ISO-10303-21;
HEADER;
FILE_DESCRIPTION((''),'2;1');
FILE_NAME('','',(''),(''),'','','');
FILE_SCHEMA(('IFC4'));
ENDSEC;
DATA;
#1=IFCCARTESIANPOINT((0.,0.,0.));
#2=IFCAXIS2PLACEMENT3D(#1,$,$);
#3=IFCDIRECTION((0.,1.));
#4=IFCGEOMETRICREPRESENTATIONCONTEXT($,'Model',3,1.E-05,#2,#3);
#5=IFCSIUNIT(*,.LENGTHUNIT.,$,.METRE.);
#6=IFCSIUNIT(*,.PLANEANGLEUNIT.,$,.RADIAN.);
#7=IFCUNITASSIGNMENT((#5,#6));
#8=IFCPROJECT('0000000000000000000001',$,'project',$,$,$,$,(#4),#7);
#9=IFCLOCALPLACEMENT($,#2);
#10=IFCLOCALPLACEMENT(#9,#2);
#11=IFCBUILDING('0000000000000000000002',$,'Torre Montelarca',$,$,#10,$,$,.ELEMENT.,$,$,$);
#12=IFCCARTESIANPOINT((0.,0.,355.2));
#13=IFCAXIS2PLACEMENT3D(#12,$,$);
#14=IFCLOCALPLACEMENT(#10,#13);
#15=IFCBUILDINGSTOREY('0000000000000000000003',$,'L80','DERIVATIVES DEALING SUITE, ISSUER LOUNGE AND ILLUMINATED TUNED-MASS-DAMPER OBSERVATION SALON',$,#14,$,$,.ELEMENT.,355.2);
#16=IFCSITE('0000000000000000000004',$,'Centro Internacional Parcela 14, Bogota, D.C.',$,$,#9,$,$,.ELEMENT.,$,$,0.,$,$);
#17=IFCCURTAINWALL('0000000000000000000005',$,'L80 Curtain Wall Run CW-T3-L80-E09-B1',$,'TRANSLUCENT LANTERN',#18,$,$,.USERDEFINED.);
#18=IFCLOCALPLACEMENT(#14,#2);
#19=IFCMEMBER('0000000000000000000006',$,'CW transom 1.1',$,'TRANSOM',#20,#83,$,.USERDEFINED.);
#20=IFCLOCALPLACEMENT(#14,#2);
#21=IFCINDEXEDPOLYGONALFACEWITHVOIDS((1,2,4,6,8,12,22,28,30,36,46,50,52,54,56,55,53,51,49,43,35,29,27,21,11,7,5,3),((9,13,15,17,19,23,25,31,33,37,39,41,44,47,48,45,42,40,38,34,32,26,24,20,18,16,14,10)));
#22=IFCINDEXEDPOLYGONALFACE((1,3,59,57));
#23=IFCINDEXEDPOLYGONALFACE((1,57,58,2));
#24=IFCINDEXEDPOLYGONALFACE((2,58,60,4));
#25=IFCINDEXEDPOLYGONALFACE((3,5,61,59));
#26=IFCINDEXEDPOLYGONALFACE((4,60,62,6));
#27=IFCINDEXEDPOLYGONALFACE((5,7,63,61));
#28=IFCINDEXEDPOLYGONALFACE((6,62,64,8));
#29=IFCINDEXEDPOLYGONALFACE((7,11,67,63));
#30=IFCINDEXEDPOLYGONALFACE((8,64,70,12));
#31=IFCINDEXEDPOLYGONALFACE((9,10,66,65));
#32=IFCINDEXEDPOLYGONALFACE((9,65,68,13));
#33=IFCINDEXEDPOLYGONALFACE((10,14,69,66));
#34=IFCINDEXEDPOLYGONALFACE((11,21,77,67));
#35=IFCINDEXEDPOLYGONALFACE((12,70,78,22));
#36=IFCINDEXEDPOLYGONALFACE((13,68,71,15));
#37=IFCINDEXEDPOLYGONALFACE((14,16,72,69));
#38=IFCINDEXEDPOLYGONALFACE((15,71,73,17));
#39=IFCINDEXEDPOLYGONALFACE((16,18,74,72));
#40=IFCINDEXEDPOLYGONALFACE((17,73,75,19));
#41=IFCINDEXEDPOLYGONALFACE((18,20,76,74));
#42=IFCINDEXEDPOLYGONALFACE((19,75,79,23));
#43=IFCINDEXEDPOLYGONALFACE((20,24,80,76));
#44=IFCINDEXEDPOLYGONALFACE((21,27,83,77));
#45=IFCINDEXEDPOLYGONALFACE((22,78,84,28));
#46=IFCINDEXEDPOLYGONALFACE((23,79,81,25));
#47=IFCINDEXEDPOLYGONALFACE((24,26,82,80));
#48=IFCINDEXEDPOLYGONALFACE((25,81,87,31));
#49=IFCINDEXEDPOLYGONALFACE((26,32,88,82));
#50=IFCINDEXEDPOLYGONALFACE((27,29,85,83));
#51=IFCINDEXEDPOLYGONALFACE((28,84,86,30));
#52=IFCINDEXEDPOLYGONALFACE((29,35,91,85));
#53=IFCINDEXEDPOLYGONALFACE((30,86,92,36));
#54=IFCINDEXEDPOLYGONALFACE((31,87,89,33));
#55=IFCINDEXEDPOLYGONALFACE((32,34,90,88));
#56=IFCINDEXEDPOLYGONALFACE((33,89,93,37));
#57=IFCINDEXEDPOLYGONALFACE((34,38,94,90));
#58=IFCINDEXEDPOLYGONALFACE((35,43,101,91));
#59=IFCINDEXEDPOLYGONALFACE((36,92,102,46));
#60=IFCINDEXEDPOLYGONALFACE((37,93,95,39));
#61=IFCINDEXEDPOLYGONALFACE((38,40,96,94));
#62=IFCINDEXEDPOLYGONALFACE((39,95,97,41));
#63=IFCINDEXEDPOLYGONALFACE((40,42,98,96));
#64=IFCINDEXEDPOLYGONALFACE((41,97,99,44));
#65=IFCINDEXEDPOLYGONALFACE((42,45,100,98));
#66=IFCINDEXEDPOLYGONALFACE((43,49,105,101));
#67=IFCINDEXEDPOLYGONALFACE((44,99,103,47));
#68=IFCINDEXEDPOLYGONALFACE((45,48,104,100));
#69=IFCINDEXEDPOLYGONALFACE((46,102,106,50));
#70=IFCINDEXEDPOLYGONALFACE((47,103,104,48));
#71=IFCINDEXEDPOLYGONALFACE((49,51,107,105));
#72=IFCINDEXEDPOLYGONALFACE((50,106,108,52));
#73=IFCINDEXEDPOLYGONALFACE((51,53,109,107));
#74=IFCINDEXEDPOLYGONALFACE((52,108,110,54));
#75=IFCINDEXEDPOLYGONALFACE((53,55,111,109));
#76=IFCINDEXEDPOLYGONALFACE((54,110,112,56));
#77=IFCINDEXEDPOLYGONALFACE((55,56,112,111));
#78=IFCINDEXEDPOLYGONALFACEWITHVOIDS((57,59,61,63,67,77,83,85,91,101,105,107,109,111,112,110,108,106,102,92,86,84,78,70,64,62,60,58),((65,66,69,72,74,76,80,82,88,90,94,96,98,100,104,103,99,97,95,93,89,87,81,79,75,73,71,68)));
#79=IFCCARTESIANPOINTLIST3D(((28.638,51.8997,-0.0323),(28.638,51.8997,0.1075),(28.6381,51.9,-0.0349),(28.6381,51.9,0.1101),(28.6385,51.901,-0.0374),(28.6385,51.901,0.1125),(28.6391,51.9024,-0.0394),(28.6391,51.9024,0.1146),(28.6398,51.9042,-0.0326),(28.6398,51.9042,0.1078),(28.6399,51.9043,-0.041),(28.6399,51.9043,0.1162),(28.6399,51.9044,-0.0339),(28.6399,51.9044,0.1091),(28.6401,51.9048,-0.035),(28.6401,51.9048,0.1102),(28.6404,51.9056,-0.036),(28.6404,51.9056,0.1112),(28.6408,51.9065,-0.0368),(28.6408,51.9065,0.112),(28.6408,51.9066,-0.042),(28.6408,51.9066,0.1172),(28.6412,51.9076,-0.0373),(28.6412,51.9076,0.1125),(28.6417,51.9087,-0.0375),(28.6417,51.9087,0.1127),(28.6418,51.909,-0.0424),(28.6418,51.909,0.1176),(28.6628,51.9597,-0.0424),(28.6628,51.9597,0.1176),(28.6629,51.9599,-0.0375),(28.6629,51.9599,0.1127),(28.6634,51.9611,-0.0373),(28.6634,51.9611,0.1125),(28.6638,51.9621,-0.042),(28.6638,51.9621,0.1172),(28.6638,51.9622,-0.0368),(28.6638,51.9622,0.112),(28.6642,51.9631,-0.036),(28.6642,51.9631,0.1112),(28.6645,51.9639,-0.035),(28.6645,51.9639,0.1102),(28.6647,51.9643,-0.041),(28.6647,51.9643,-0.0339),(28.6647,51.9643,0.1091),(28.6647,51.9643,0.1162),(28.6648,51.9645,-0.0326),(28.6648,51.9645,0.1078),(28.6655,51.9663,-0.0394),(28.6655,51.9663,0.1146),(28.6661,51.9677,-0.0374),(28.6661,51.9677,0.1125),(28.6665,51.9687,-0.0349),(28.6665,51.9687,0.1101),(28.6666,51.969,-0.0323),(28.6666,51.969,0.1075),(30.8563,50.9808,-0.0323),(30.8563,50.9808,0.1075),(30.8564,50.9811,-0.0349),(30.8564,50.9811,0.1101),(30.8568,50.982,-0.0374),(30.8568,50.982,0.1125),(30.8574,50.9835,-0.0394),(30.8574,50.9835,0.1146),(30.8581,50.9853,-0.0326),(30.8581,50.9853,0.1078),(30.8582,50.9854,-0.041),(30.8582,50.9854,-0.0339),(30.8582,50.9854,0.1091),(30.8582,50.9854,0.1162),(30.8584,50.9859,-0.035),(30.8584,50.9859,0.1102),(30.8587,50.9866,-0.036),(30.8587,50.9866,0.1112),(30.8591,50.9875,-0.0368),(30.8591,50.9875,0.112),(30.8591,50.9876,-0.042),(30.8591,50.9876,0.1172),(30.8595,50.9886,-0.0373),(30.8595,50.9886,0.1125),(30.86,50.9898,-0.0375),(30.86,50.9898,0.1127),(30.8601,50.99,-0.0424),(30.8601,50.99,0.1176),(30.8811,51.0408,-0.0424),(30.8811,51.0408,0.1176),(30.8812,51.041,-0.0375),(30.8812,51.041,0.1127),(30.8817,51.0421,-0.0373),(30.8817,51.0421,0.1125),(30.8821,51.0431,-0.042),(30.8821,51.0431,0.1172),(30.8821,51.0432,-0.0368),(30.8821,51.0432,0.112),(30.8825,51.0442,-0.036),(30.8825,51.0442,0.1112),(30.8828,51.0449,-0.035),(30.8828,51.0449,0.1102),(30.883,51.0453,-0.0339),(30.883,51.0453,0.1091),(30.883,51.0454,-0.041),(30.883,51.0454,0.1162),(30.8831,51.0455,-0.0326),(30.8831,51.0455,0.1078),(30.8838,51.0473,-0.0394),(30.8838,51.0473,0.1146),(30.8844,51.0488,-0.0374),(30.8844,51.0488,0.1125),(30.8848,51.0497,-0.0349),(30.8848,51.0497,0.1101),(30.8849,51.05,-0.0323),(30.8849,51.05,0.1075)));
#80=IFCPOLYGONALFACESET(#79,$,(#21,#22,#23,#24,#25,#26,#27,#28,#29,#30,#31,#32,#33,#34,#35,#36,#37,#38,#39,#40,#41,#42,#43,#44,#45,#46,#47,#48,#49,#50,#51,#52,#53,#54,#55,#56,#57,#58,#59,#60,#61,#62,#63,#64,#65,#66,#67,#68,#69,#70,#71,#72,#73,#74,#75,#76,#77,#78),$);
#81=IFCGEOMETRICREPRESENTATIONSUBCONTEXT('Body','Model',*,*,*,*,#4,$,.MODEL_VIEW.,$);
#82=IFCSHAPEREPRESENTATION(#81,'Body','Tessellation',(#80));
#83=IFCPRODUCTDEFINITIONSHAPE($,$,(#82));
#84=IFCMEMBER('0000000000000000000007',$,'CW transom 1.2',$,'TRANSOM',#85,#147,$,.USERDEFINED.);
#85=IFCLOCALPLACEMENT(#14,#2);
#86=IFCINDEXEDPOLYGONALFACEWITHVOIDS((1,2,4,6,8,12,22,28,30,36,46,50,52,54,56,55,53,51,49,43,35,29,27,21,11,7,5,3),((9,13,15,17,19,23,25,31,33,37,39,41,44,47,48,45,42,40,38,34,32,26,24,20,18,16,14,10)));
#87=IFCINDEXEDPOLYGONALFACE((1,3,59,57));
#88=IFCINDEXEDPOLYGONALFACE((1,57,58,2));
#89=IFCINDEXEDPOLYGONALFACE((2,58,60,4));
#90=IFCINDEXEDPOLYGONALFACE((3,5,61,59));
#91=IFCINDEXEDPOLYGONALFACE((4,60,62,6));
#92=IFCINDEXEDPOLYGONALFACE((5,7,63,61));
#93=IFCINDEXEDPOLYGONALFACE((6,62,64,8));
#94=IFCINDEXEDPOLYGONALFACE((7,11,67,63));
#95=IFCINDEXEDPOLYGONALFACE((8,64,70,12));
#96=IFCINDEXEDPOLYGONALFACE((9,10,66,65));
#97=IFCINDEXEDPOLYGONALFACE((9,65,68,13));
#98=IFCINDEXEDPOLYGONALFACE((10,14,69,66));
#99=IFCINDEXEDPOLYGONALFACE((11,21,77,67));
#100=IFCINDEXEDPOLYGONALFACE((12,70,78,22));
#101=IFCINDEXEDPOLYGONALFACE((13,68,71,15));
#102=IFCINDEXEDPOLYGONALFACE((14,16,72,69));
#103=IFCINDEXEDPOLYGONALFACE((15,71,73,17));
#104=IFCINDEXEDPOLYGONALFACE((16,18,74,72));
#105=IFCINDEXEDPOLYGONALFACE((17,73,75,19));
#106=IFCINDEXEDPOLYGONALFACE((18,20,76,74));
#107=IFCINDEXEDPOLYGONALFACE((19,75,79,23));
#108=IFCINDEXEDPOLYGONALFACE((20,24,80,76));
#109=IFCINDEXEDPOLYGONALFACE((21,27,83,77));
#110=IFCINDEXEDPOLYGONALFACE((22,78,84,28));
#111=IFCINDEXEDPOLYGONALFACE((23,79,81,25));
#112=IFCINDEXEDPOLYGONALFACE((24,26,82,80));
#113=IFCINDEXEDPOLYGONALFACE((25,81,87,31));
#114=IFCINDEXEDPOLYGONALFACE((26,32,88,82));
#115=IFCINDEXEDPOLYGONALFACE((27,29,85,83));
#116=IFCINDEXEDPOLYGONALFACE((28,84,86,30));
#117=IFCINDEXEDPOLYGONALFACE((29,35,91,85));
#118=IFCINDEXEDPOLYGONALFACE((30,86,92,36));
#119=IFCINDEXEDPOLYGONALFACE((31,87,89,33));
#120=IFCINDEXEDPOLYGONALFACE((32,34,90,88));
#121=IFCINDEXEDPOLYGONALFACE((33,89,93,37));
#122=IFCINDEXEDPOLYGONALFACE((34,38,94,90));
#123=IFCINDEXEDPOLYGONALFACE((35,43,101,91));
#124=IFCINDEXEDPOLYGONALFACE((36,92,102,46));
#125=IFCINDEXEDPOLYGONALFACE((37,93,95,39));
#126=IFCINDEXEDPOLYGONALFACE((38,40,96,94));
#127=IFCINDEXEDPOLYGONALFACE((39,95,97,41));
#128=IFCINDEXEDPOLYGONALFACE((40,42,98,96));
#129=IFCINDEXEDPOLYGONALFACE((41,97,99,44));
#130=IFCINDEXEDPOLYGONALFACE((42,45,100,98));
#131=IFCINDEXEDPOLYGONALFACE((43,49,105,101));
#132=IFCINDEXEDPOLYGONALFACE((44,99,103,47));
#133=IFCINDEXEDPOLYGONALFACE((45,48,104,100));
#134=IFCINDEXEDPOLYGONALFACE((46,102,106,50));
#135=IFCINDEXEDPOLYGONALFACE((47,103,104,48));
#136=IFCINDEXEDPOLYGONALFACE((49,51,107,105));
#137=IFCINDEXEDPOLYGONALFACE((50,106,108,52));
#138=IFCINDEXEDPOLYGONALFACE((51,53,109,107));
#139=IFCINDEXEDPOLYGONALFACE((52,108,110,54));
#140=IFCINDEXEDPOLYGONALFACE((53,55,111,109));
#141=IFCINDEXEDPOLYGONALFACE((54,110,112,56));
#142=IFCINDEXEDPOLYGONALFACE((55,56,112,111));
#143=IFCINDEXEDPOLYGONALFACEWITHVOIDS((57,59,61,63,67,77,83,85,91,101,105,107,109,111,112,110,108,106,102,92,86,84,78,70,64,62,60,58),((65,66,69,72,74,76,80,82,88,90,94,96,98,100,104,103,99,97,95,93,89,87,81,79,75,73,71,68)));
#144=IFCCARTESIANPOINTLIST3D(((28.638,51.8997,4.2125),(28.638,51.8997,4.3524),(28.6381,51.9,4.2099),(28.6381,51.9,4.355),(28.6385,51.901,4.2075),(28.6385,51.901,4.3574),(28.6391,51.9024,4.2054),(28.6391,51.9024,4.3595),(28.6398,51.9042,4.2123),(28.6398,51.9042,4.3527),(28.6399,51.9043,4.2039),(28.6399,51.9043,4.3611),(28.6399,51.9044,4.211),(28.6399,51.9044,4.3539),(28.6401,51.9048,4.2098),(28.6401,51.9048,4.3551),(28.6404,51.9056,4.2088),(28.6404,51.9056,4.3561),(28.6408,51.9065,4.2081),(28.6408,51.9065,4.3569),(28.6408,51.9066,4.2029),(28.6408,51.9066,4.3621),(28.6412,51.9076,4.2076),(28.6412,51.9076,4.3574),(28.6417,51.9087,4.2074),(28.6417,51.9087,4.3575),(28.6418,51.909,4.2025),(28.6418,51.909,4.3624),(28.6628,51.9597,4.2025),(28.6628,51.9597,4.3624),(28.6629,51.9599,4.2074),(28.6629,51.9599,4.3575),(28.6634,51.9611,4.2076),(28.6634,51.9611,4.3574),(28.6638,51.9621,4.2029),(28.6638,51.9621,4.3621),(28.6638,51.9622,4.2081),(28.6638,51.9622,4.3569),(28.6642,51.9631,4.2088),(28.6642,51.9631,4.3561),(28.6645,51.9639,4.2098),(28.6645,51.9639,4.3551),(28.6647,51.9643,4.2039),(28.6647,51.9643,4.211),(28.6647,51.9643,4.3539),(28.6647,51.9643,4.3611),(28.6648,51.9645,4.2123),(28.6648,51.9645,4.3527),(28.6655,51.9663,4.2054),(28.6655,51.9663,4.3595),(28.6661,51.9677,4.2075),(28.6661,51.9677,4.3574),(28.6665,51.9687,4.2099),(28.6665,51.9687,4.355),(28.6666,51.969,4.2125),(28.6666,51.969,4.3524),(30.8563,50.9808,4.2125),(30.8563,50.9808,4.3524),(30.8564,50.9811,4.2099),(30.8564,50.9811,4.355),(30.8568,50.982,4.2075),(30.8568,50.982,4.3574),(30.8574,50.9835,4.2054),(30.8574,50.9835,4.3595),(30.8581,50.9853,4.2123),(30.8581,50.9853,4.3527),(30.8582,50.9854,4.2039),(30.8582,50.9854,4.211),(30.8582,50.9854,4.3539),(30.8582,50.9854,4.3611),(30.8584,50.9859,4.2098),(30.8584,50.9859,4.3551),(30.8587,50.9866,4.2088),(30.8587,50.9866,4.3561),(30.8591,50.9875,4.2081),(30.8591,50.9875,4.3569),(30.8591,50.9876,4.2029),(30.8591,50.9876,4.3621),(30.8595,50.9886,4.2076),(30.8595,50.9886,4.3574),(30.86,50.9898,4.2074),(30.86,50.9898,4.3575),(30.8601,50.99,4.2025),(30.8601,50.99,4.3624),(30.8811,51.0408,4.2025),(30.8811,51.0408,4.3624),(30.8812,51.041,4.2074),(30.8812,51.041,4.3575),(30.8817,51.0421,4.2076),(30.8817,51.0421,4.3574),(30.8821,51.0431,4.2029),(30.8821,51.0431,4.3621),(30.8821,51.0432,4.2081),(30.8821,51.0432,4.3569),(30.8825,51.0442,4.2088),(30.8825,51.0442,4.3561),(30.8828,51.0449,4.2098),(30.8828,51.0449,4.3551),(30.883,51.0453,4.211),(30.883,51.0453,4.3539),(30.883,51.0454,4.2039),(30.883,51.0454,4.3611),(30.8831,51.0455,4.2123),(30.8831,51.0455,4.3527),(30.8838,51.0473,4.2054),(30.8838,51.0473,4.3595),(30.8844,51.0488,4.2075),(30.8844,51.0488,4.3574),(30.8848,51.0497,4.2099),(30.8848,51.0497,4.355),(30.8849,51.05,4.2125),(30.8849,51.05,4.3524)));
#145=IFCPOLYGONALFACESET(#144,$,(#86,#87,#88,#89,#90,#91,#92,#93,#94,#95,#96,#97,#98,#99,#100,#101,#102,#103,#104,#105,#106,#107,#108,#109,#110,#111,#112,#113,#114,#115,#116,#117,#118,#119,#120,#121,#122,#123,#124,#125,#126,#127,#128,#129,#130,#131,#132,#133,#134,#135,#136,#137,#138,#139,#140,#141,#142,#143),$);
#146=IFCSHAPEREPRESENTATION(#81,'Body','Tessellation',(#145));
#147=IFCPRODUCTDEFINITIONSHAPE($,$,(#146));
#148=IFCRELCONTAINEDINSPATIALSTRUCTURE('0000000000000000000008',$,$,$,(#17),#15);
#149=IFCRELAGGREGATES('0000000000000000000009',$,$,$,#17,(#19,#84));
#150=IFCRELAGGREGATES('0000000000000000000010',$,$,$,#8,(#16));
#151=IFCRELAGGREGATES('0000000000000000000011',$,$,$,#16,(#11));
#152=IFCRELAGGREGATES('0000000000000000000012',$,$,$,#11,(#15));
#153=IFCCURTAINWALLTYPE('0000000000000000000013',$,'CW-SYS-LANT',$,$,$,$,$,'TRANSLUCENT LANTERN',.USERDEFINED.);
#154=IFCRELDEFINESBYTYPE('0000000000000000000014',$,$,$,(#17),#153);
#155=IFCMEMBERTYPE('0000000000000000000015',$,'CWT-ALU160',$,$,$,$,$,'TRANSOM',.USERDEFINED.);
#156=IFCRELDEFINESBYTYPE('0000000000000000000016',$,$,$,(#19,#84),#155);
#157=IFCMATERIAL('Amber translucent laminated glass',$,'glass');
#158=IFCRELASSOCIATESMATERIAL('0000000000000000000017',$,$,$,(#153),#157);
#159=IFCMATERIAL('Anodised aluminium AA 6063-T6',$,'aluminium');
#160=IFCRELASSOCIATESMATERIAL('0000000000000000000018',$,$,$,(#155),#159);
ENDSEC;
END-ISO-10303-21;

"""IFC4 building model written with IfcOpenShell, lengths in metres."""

from ifc_helpers import new_model, si_unit, direction, frame, origin, origin_2d, place, context, subcontext, project, spatial, hollow_rectangle, extrude, source, transform, mapped, material, material_profile, profile_set, type_object, element, aggregate, save


model = new_model("IFC4")

# Units and contexts
model_context = context("Model", 3, precision=1e-05, world=origin(), true_north=direction((0.0, 1.0)))
body_context = subcontext(model_context, "Body", "Model", "MODEL_VIEW")
ifc_project = project(units=[si_unit("LENGTHUNIT", "METRE"), si_unit("PLANEANGLEUNIT", "RADIAN")], contexts=[model_context])

# Site, building, storey
site_placement = place(None, origin())
site = spatial("IfcSite", under=ifc_project, at=site_placement, Name="Centro Internacional Parcela 14, Bogota, D.C.", CompositionType="ELEMENT", RefElevation=0.0)
building_placement = place(site_placement, origin())
building = spatial("IfcBuilding", under=site, at=building_placement, Name="Torre Montelarca", CompositionType="ELEMENT")
storey_placement = place(building_placement, frame((0.0, 0.0, 355.2)))
storey = spatial("IfcBuildingStorey", under=building, at=storey_placement, Name="L80", Description="DERIVATIVES DEALING SUITE, ISSUER LOUNGE AND ILLUMINATED TUNED-MASS-DAMPER OBSERVATION SALON", CompositionType="ELEMENT", Elevation=355.2)

# Curtain wall, members
ifc_material_1 = material(Name="Amber translucent laminated glass", Category="glass")
curtain_wall_type = type_object("IfcCurtainWallType", Name="CW-SYS-LANT", ElementType="TRANSLUCENT LANTERN", PredefinedType="USERDEFINED", material=ifc_material_1)
curtain_wall_placement = place(storey_placement, origin())
curtain_wall = element("IfcCurtainWall", 1, at=curtain_wall_placement, inside=storey, type_object=curtain_wall_type, Name="L80 Curtain Wall Run CW-T3-L80-E09-B1", ObjectType="TRANSLUCENT LANTERN", PredefinedType="USERDEFINED")
ifc_material_2 = material(Name="Anodised aluminium AA 6063-T6", Category="aluminium")
ifc_material_profile_1 = material_profile(ifc_material_2, hollow_rectangle(XDim=0.075, YDim=0.1599, WallThickness=0.0049, InnerFilletRadius=0.0049, OuterFilletRadius=0.01, at=origin_2d()), Name="ALU75X160X5", Category="aluminium")
ifc_profile_set_1 = profile_set([ifc_material_profile_1], Name="Anodised aluminium AA 6063-T6")
member_type_1 = type_object("IfcMemberType", Name="CWT-ALU160", ElementType="TRANSOM", PredefinedType="USERDEFINED", material=ifc_profile_set_1)
shared_shape_1 = source(origin(), body_context, "Body", "SweptSolid", [
    extrude(hollow_rectangle(XDim=0.075, YDim=0.1599, WallThickness=0.0049, InnerFilletRadius=0.0049, OuterFilletRadius=0.01, at=origin_2d()), origin(), (0.0, 0.0, 1.0), 2.4011),
])
member_1_placement = place(storey_placement, frame((30.8706, 51.0154, 0.0376), z_axis=(-0.923863, 0.382723, 0.0), x_axis=(-0.382723, -0.923863, 0.0)))
member_1 = element("IfcMember", 2, at=member_1_placement, type_object=member_type_1, Name="CW transom 1.1", ObjectType="TRANSOM", PredefinedType="USERDEFINED", context=body_context, shape_type="MappedRepresentation", body=[
    mapped(shared_shape_1, transform((0.0, 0.0, 0.0), scale=1.0)),
])
member_2_placement = place(storey_placement, frame((30.8706, 51.0154, 4.2825), z_axis=(-0.923863, 0.382723, 0.0), x_axis=(-0.382723, -0.923863, 0.0)))
member_2 = element("IfcMember", 3, at=member_2_placement, type_object=member_type_1, Name="CW transom 1.2", ObjectType="TRANSOM", PredefinedType="USERDEFINED", context=body_context, shape_type="MappedRepresentation", body=[
    mapped(shared_shape_1, transform((0.0, 0.0, 0.0), scale=1.0)),
])
aggregate(curtain_wall, [member_1, member_2])

save(model, "model.ifc")
